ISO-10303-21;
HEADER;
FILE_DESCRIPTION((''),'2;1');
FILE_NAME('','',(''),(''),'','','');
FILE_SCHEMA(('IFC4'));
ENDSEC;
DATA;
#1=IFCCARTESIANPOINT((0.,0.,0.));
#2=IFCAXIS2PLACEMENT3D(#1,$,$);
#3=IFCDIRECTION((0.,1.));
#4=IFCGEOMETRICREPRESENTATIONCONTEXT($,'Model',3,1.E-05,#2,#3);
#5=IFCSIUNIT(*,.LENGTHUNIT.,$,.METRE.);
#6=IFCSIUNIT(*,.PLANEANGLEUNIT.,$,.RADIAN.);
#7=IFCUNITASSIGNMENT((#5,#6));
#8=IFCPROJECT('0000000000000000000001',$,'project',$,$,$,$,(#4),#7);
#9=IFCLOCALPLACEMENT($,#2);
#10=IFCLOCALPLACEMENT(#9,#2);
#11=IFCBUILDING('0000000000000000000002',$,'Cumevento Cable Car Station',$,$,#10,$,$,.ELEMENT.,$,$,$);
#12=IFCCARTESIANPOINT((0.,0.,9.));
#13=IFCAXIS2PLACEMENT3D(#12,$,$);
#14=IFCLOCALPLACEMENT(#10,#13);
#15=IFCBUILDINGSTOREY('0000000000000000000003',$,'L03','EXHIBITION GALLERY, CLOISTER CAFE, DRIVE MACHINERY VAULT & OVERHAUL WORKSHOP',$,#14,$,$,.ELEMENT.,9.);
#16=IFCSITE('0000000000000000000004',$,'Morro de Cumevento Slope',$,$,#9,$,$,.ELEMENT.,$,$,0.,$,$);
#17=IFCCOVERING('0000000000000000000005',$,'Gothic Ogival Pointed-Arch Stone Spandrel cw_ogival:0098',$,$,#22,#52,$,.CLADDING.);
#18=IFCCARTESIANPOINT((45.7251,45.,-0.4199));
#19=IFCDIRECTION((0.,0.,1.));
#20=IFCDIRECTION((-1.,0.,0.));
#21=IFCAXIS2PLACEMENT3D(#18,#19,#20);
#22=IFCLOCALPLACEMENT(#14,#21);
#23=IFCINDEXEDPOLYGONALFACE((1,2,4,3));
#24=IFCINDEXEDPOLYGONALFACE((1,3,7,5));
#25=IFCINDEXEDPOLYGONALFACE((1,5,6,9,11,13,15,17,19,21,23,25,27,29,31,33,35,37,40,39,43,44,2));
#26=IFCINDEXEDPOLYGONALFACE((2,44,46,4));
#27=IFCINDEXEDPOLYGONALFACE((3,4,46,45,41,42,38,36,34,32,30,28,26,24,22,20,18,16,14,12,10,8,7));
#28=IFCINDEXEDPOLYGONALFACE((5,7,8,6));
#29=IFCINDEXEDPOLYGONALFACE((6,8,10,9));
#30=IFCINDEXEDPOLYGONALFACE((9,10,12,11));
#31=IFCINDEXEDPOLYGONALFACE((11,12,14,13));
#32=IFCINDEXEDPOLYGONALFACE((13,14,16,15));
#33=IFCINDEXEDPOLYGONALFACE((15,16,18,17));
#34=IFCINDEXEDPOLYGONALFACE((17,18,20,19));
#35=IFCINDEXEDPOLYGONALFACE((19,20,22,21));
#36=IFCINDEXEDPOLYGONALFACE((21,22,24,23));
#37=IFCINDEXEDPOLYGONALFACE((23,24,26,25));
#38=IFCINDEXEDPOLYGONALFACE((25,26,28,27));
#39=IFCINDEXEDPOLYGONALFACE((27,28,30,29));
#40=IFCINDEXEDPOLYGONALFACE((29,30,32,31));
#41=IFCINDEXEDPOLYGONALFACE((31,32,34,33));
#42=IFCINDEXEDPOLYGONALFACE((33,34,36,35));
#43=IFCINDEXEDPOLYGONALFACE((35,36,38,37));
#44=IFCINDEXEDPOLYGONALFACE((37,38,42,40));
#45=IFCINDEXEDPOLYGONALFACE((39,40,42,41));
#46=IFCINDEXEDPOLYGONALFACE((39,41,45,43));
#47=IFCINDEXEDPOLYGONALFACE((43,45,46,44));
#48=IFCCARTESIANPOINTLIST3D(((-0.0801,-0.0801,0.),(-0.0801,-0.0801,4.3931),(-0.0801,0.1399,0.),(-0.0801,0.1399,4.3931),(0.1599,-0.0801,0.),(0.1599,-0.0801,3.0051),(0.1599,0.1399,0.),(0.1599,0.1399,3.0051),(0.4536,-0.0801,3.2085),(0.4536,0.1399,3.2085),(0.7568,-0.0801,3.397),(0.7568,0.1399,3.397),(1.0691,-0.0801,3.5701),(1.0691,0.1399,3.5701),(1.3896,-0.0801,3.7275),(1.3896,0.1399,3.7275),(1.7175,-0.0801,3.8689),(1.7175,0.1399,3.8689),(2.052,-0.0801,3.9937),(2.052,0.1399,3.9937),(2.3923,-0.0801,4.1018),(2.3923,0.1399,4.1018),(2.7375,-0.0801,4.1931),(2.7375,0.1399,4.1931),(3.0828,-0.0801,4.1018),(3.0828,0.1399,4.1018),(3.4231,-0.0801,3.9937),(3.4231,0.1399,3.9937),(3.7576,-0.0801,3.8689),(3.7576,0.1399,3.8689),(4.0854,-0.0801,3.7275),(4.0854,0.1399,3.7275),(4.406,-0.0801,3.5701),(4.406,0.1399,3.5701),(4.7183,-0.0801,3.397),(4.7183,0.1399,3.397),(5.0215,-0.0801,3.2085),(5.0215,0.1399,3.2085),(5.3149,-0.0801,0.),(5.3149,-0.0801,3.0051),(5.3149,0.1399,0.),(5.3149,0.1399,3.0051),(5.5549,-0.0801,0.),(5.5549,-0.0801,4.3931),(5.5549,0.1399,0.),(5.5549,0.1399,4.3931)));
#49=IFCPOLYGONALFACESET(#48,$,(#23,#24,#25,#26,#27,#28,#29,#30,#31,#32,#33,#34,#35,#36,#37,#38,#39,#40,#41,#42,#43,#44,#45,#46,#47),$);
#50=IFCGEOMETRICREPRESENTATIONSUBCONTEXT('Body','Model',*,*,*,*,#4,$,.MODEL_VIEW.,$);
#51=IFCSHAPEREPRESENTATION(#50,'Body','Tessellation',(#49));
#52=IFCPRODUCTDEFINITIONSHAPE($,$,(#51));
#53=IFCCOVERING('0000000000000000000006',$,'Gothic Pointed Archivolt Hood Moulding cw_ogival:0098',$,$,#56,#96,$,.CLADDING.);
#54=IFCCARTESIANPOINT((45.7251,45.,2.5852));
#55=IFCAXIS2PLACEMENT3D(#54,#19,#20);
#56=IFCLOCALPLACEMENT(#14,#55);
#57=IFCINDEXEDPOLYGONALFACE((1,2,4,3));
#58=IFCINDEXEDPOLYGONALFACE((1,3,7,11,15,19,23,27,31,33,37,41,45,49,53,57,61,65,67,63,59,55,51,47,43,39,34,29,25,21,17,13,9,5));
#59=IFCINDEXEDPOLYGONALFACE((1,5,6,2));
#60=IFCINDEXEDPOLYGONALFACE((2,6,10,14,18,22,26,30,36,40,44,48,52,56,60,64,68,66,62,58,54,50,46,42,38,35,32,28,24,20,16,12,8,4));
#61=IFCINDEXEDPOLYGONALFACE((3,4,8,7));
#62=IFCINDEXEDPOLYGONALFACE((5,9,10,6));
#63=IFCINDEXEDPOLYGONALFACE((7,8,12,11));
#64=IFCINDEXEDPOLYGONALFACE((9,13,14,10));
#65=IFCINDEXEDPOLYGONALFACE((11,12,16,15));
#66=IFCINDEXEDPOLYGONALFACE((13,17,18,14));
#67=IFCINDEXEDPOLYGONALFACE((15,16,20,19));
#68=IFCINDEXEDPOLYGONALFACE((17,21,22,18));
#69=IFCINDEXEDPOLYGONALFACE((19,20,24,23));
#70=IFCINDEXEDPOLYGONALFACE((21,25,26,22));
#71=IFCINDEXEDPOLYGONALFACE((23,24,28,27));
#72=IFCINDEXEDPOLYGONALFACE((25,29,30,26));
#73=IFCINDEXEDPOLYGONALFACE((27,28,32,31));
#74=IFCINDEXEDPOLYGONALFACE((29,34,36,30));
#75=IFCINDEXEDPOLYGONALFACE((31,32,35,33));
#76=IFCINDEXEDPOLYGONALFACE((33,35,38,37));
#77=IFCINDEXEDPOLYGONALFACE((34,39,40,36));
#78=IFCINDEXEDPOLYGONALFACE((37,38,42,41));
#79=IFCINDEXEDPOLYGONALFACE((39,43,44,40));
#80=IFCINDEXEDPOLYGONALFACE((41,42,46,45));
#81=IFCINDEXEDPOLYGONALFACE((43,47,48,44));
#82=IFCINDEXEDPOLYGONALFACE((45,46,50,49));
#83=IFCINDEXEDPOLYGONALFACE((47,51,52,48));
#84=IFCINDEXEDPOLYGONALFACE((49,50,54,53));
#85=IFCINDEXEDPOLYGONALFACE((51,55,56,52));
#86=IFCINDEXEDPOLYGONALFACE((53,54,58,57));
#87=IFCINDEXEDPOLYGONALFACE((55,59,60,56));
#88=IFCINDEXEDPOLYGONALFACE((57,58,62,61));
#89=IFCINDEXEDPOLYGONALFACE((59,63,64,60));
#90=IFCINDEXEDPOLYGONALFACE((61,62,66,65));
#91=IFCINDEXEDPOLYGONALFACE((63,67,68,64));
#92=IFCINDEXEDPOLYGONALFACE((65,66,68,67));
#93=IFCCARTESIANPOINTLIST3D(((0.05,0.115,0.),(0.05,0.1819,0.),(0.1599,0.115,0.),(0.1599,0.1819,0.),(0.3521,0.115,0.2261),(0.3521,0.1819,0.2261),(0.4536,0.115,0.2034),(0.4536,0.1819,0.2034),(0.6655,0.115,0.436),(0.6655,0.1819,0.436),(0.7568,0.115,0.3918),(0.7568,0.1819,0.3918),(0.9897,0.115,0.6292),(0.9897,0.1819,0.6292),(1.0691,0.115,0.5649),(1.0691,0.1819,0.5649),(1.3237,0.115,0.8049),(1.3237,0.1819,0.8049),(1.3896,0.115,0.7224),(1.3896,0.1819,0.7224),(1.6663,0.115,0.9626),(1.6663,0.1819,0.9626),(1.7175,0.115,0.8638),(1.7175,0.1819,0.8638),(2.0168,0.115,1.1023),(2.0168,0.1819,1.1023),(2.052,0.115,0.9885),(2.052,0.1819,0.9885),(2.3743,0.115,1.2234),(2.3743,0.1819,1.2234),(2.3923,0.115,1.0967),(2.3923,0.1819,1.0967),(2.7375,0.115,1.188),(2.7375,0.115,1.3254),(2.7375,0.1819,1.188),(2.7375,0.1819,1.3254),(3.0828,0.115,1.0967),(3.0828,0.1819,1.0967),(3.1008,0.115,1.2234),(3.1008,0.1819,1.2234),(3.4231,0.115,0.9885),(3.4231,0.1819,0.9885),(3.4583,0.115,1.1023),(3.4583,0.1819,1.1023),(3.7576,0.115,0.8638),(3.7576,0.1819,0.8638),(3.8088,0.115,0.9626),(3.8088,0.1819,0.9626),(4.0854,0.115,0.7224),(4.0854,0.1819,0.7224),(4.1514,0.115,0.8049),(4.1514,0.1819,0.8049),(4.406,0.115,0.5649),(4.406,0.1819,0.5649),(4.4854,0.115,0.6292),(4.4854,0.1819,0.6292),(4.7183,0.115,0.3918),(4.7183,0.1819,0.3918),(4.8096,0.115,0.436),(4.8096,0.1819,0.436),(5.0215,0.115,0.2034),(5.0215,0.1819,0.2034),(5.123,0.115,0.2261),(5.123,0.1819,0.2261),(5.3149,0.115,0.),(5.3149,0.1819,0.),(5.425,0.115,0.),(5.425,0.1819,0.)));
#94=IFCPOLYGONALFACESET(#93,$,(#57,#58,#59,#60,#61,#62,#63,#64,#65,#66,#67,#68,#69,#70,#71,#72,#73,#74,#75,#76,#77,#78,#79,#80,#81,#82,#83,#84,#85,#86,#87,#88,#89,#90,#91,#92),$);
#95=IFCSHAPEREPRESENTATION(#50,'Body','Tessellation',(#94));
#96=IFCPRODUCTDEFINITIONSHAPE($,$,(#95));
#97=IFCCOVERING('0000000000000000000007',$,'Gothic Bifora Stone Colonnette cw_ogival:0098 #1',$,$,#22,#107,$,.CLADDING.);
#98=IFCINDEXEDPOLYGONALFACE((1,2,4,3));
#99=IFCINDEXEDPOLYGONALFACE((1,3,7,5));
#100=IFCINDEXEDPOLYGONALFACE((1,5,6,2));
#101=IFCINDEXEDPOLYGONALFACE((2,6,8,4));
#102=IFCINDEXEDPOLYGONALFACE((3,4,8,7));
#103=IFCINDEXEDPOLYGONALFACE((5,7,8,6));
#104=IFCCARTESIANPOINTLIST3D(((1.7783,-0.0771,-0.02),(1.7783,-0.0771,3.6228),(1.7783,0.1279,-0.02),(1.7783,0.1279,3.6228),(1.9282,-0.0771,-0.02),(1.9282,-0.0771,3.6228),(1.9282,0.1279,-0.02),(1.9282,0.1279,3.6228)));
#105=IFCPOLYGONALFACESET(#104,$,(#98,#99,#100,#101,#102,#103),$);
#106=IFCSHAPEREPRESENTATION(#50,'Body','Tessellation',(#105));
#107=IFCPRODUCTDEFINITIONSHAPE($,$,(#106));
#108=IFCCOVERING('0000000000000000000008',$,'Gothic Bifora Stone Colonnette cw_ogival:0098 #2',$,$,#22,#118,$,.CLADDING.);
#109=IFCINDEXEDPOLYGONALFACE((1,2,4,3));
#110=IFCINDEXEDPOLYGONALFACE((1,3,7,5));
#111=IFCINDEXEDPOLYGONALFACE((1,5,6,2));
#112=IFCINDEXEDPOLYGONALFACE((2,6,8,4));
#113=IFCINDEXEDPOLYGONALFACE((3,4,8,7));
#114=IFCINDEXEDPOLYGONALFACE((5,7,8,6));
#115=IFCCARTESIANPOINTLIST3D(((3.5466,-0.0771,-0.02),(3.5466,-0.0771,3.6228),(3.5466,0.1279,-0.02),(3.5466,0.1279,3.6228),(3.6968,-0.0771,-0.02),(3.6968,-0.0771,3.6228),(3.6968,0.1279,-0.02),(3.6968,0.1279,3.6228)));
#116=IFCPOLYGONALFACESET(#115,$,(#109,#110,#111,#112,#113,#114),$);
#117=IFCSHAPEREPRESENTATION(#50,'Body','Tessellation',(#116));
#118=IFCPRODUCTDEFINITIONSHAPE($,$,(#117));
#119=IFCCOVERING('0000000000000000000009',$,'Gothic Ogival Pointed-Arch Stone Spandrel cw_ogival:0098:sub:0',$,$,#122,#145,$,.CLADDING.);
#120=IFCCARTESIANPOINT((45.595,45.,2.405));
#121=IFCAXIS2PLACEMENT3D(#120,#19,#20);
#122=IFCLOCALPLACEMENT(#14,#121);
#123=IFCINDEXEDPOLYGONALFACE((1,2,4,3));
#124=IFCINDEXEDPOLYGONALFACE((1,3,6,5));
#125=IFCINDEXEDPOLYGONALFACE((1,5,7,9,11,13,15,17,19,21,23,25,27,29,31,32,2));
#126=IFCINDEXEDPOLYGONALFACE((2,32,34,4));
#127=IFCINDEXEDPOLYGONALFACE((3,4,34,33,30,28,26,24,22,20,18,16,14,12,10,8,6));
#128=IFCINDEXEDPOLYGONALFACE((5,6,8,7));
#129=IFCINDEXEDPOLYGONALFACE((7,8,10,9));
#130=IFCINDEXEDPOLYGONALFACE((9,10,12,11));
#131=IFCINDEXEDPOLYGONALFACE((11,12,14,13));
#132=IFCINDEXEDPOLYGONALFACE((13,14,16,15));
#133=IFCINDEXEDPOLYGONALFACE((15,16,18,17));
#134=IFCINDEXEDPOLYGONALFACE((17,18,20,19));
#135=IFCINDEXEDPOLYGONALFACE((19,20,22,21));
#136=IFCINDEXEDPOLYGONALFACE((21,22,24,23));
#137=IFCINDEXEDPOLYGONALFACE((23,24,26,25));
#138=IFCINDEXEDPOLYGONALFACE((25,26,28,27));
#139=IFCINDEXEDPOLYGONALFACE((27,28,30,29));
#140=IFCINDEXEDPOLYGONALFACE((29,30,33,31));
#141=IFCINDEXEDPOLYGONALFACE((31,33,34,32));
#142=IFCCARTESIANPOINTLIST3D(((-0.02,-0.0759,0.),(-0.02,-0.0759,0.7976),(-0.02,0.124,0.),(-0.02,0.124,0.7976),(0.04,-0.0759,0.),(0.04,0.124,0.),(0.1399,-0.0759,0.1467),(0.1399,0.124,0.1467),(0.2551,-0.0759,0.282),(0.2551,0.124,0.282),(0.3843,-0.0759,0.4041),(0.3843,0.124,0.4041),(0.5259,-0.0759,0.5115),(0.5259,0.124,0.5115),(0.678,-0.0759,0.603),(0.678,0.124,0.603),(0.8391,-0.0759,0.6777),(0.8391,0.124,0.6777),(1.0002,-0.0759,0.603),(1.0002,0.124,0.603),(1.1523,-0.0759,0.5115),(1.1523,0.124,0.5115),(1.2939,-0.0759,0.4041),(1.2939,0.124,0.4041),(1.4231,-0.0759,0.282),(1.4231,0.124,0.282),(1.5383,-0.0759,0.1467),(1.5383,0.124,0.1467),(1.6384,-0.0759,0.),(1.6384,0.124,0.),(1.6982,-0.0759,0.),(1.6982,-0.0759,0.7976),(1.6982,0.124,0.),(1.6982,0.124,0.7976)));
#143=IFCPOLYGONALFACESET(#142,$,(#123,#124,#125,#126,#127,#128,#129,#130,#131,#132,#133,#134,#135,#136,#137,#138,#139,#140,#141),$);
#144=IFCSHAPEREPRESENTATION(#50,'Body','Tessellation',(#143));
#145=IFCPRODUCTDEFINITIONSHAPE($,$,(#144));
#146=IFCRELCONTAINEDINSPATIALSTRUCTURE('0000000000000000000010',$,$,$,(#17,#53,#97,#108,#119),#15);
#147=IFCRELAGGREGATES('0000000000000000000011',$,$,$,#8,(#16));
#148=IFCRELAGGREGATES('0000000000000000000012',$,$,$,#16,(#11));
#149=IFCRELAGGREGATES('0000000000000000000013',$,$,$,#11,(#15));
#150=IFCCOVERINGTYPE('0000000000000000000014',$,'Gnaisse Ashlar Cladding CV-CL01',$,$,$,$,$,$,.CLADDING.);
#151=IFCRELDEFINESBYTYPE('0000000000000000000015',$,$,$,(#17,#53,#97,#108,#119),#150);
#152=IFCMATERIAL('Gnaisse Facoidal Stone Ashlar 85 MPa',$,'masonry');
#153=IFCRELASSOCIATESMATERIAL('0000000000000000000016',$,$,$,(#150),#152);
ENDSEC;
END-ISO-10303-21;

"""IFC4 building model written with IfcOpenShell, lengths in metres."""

from ifc_helpers import new_model, si_unit, direction, frame, origin, place, context, subcontext, project, spatial, polyline, outline, extrude, material, type_object, element, save


model = new_model("IFC4")

# Units and contexts
model_context = context("Model", 3, precision=1e-05, world=origin(), true_north=direction((0.0, 1.0)))
body_context = subcontext(model_context, "Body", "Model", "MODEL_VIEW")
ifc_project = project(units=[si_unit("LENGTHUNIT", "METRE"), si_unit("PLANEANGLEUNIT", "RADIAN")], contexts=[model_context])

# Site, building, storey
site_placement = place(None, origin())
site = spatial("IfcSite", under=ifc_project, at=site_placement, Name="Morro de Cumevento Slope", CompositionType="ELEMENT", RefElevation=0.0)
building_placement = place(site_placement, origin())
building = spatial("IfcBuilding", under=site, at=building_placement, Name="Cumevento Cable Car Station", CompositionType="ELEMENT")
storey_placement = place(building_placement, frame((0.0, 0.0, 9.0)))
storey = spatial("IfcBuildingStorey", under=building, at=storey_placement, Name="L03", Description="EXHIBITION GALLERY, CLOISTER CAFE, DRIVE MACHINERY VAULT & OVERHAUL WORKSHOP", CompositionType="ELEMENT", Elevation=9.0)

# Coverings
ifc_material_1 = material(Name="Gnaisse Facoidal Stone Ashlar 85 MPa", Category="masonry")
covering_type = type_object("IfcCoveringType", Name="Gnaisse Ashlar Cladding CV-CL01", PredefinedType="CLADDING", material=ifc_material_1)
placement = place(storey_placement, frame((45.7251, 45.0, -0.4199), z_axis=(0.0, 0.0, 1.0), x_axis=(-1.0, 0.0, 0.0)))
element("IfcCovering", 1, at=placement, inside=storey, type_object=covering_type, Name="Gothic Ogival Pointed-Arch Stone Spandrel cw_ogival:0098", PredefinedType="CLADDING", context=body_context, shape_type="SweptSolid", body=[
    extrude(outline(polyline([(-0.0801, 0.0), (-0.0801, 4.3931), (5.5549, 4.3931), (5.5549, 0.0), (5.3149, 0.0), (5.3149, 3.0051), (5.0215, 3.2085), (4.7183, 3.397), (4.406, 3.5701), (4.0854, 3.7275), (3.7576, 3.8689), (3.4231, 3.9937), (3.0828, 4.1018), (2.7375, 4.1931), (2.3923, 4.1018), (2.052, 3.9937), (1.7175, 3.8689), (1.3896, 3.7275), (1.0691, 3.5701), (0.7568, 3.397), (0.4536, 3.2085), (0.1599, 3.0051), (0.1599, 0.0), (-0.0801, 0.0)])), frame((0.0, 0.1399, 0.0), z_axis=(0.0, -1.0, 0.0), x_axis=(1.0, 0.0, 0.0)), (0.0, 0.0, 1.0), 0.22),
])
covering_1_placement = place(storey_placement, frame((45.7251, 45.0, 2.5852), z_axis=(0.0, 0.0, 1.0), x_axis=(-1.0, 0.0, 0.0)))
element("IfcCovering", 2, at=covering_1_placement, inside=storey, type_object=covering_type, Name="Gothic Pointed Archivolt Hood Moulding cw_ogival:0098", PredefinedType="CLADDING", context=body_context, shape_type="SweptSolid", body=[
    extrude(outline(polyline([(0.1599, 0.0), (0.4536, 0.2034), (0.7568, 0.3918), (1.0691, 0.5649), (1.3896, 0.7224), (1.7175, 0.8638), (2.052, 0.9885), (2.3923, 1.0967), (2.7375, 1.188), (3.0828, 1.0967), (3.4231, 0.9885), (3.7576, 0.8638), (4.0854, 0.7224), (4.406, 0.5649), (4.7183, 0.3918), (5.0215, 0.2034), (5.3149, 0.0), (5.425, 0.0), (5.123, 0.2261), (4.8096, 0.436), (4.4854, 0.6292), (4.1514, 0.8049), (3.8088, 0.9626), (3.4583, 1.1023), (3.1008, 1.2234), (2.7375, 1.3254), (2.3743, 1.2234), (2.0168, 1.1023), (1.6663, 0.9626), (1.3237, 0.8049), (0.9897, 0.6292), (0.6655, 0.436), (0.3521, 0.2261), (0.05, 0.0), (0.1599, 0.0)])), frame((0.0, 0.1819, 0.0), z_axis=(0.0, -1.0, 0.0), x_axis=(1.0, 0.0, 0.0)), (0.0, 0.0, 1.0), 0.0669),
])
element("IfcCovering", 3, at=placement, inside=storey, type_object=covering_type, Name="Gothic Bifora Stone Colonnette cw_ogival:0098 #1", PredefinedType="CLADDING", context=body_context, shape_type="SweptSolid", body=[
    extrude(outline(polyline([(1.7783, -0.02), (1.9282, -0.02), (1.9282, 3.6228), (1.7783, 3.6228), (1.7783, -0.02)])), frame((0.0, 0.1279, 0.0), z_axis=(0.0, -1.0, 0.0), x_axis=(1.0, 0.0, 0.0)), (0.0, 0.0, 1.0), 0.2051),
])
element("IfcCovering", 4, at=placement, inside=storey, type_object=covering_type, Name="Gothic Bifora Stone Colonnette cw_ogival:0098 #2", PredefinedType="CLADDING", context=body_context, shape_type="SweptSolid", body=[
    extrude(outline(polyline([(3.5466, -0.02), (3.6968, -0.02), (3.6968, 3.6228), (3.5466, 3.6228), (3.5466, -0.02)])), frame((0.0, 0.1279, 0.0), z_axis=(0.0, -1.0, 0.0), x_axis=(1.0, 0.0, 0.0)), (0.0, 0.0, 1.0), 0.2051),
])
covering_2_placement = place(storey_placement, frame((45.595, 45.0, 2.405), z_axis=(0.0, 0.0, 1.0), x_axis=(-1.0, 0.0, 0.0)))
element("IfcCovering", 5, at=covering_2_placement, inside=storey, type_object=covering_type, Name="Gothic Ogival Pointed-Arch Stone Spandrel cw_ogival:0098:sub:0", PredefinedType="CLADDING", context=body_context, shape_type="SweptSolid", body=[
    extrude(outline(polyline([(-0.02, 0.0), (-0.02, 0.7976), (1.6982, 0.7976), (1.6982, 0.0), (1.6384, 0.0), (1.5383, 0.1467), (1.4231, 0.282), (1.2939, 0.4041), (1.1523, 0.5115), (1.0002, 0.603), (0.8391, 0.6777), (0.678, 0.603), (0.5259, 0.5115), (0.3843, 0.4041), (0.2551, 0.282), (0.1399, 0.1467), (0.04, 0.0), (-0.02, 0.0)])), frame((0.0, 0.124, 0.0), z_axis=(0.0, -1.0, 0.0), x_axis=(1.0, 0.0, 0.0)), (0.0, 0.0, 1.0), 0.2),
])

save(model, "model.ifc")
